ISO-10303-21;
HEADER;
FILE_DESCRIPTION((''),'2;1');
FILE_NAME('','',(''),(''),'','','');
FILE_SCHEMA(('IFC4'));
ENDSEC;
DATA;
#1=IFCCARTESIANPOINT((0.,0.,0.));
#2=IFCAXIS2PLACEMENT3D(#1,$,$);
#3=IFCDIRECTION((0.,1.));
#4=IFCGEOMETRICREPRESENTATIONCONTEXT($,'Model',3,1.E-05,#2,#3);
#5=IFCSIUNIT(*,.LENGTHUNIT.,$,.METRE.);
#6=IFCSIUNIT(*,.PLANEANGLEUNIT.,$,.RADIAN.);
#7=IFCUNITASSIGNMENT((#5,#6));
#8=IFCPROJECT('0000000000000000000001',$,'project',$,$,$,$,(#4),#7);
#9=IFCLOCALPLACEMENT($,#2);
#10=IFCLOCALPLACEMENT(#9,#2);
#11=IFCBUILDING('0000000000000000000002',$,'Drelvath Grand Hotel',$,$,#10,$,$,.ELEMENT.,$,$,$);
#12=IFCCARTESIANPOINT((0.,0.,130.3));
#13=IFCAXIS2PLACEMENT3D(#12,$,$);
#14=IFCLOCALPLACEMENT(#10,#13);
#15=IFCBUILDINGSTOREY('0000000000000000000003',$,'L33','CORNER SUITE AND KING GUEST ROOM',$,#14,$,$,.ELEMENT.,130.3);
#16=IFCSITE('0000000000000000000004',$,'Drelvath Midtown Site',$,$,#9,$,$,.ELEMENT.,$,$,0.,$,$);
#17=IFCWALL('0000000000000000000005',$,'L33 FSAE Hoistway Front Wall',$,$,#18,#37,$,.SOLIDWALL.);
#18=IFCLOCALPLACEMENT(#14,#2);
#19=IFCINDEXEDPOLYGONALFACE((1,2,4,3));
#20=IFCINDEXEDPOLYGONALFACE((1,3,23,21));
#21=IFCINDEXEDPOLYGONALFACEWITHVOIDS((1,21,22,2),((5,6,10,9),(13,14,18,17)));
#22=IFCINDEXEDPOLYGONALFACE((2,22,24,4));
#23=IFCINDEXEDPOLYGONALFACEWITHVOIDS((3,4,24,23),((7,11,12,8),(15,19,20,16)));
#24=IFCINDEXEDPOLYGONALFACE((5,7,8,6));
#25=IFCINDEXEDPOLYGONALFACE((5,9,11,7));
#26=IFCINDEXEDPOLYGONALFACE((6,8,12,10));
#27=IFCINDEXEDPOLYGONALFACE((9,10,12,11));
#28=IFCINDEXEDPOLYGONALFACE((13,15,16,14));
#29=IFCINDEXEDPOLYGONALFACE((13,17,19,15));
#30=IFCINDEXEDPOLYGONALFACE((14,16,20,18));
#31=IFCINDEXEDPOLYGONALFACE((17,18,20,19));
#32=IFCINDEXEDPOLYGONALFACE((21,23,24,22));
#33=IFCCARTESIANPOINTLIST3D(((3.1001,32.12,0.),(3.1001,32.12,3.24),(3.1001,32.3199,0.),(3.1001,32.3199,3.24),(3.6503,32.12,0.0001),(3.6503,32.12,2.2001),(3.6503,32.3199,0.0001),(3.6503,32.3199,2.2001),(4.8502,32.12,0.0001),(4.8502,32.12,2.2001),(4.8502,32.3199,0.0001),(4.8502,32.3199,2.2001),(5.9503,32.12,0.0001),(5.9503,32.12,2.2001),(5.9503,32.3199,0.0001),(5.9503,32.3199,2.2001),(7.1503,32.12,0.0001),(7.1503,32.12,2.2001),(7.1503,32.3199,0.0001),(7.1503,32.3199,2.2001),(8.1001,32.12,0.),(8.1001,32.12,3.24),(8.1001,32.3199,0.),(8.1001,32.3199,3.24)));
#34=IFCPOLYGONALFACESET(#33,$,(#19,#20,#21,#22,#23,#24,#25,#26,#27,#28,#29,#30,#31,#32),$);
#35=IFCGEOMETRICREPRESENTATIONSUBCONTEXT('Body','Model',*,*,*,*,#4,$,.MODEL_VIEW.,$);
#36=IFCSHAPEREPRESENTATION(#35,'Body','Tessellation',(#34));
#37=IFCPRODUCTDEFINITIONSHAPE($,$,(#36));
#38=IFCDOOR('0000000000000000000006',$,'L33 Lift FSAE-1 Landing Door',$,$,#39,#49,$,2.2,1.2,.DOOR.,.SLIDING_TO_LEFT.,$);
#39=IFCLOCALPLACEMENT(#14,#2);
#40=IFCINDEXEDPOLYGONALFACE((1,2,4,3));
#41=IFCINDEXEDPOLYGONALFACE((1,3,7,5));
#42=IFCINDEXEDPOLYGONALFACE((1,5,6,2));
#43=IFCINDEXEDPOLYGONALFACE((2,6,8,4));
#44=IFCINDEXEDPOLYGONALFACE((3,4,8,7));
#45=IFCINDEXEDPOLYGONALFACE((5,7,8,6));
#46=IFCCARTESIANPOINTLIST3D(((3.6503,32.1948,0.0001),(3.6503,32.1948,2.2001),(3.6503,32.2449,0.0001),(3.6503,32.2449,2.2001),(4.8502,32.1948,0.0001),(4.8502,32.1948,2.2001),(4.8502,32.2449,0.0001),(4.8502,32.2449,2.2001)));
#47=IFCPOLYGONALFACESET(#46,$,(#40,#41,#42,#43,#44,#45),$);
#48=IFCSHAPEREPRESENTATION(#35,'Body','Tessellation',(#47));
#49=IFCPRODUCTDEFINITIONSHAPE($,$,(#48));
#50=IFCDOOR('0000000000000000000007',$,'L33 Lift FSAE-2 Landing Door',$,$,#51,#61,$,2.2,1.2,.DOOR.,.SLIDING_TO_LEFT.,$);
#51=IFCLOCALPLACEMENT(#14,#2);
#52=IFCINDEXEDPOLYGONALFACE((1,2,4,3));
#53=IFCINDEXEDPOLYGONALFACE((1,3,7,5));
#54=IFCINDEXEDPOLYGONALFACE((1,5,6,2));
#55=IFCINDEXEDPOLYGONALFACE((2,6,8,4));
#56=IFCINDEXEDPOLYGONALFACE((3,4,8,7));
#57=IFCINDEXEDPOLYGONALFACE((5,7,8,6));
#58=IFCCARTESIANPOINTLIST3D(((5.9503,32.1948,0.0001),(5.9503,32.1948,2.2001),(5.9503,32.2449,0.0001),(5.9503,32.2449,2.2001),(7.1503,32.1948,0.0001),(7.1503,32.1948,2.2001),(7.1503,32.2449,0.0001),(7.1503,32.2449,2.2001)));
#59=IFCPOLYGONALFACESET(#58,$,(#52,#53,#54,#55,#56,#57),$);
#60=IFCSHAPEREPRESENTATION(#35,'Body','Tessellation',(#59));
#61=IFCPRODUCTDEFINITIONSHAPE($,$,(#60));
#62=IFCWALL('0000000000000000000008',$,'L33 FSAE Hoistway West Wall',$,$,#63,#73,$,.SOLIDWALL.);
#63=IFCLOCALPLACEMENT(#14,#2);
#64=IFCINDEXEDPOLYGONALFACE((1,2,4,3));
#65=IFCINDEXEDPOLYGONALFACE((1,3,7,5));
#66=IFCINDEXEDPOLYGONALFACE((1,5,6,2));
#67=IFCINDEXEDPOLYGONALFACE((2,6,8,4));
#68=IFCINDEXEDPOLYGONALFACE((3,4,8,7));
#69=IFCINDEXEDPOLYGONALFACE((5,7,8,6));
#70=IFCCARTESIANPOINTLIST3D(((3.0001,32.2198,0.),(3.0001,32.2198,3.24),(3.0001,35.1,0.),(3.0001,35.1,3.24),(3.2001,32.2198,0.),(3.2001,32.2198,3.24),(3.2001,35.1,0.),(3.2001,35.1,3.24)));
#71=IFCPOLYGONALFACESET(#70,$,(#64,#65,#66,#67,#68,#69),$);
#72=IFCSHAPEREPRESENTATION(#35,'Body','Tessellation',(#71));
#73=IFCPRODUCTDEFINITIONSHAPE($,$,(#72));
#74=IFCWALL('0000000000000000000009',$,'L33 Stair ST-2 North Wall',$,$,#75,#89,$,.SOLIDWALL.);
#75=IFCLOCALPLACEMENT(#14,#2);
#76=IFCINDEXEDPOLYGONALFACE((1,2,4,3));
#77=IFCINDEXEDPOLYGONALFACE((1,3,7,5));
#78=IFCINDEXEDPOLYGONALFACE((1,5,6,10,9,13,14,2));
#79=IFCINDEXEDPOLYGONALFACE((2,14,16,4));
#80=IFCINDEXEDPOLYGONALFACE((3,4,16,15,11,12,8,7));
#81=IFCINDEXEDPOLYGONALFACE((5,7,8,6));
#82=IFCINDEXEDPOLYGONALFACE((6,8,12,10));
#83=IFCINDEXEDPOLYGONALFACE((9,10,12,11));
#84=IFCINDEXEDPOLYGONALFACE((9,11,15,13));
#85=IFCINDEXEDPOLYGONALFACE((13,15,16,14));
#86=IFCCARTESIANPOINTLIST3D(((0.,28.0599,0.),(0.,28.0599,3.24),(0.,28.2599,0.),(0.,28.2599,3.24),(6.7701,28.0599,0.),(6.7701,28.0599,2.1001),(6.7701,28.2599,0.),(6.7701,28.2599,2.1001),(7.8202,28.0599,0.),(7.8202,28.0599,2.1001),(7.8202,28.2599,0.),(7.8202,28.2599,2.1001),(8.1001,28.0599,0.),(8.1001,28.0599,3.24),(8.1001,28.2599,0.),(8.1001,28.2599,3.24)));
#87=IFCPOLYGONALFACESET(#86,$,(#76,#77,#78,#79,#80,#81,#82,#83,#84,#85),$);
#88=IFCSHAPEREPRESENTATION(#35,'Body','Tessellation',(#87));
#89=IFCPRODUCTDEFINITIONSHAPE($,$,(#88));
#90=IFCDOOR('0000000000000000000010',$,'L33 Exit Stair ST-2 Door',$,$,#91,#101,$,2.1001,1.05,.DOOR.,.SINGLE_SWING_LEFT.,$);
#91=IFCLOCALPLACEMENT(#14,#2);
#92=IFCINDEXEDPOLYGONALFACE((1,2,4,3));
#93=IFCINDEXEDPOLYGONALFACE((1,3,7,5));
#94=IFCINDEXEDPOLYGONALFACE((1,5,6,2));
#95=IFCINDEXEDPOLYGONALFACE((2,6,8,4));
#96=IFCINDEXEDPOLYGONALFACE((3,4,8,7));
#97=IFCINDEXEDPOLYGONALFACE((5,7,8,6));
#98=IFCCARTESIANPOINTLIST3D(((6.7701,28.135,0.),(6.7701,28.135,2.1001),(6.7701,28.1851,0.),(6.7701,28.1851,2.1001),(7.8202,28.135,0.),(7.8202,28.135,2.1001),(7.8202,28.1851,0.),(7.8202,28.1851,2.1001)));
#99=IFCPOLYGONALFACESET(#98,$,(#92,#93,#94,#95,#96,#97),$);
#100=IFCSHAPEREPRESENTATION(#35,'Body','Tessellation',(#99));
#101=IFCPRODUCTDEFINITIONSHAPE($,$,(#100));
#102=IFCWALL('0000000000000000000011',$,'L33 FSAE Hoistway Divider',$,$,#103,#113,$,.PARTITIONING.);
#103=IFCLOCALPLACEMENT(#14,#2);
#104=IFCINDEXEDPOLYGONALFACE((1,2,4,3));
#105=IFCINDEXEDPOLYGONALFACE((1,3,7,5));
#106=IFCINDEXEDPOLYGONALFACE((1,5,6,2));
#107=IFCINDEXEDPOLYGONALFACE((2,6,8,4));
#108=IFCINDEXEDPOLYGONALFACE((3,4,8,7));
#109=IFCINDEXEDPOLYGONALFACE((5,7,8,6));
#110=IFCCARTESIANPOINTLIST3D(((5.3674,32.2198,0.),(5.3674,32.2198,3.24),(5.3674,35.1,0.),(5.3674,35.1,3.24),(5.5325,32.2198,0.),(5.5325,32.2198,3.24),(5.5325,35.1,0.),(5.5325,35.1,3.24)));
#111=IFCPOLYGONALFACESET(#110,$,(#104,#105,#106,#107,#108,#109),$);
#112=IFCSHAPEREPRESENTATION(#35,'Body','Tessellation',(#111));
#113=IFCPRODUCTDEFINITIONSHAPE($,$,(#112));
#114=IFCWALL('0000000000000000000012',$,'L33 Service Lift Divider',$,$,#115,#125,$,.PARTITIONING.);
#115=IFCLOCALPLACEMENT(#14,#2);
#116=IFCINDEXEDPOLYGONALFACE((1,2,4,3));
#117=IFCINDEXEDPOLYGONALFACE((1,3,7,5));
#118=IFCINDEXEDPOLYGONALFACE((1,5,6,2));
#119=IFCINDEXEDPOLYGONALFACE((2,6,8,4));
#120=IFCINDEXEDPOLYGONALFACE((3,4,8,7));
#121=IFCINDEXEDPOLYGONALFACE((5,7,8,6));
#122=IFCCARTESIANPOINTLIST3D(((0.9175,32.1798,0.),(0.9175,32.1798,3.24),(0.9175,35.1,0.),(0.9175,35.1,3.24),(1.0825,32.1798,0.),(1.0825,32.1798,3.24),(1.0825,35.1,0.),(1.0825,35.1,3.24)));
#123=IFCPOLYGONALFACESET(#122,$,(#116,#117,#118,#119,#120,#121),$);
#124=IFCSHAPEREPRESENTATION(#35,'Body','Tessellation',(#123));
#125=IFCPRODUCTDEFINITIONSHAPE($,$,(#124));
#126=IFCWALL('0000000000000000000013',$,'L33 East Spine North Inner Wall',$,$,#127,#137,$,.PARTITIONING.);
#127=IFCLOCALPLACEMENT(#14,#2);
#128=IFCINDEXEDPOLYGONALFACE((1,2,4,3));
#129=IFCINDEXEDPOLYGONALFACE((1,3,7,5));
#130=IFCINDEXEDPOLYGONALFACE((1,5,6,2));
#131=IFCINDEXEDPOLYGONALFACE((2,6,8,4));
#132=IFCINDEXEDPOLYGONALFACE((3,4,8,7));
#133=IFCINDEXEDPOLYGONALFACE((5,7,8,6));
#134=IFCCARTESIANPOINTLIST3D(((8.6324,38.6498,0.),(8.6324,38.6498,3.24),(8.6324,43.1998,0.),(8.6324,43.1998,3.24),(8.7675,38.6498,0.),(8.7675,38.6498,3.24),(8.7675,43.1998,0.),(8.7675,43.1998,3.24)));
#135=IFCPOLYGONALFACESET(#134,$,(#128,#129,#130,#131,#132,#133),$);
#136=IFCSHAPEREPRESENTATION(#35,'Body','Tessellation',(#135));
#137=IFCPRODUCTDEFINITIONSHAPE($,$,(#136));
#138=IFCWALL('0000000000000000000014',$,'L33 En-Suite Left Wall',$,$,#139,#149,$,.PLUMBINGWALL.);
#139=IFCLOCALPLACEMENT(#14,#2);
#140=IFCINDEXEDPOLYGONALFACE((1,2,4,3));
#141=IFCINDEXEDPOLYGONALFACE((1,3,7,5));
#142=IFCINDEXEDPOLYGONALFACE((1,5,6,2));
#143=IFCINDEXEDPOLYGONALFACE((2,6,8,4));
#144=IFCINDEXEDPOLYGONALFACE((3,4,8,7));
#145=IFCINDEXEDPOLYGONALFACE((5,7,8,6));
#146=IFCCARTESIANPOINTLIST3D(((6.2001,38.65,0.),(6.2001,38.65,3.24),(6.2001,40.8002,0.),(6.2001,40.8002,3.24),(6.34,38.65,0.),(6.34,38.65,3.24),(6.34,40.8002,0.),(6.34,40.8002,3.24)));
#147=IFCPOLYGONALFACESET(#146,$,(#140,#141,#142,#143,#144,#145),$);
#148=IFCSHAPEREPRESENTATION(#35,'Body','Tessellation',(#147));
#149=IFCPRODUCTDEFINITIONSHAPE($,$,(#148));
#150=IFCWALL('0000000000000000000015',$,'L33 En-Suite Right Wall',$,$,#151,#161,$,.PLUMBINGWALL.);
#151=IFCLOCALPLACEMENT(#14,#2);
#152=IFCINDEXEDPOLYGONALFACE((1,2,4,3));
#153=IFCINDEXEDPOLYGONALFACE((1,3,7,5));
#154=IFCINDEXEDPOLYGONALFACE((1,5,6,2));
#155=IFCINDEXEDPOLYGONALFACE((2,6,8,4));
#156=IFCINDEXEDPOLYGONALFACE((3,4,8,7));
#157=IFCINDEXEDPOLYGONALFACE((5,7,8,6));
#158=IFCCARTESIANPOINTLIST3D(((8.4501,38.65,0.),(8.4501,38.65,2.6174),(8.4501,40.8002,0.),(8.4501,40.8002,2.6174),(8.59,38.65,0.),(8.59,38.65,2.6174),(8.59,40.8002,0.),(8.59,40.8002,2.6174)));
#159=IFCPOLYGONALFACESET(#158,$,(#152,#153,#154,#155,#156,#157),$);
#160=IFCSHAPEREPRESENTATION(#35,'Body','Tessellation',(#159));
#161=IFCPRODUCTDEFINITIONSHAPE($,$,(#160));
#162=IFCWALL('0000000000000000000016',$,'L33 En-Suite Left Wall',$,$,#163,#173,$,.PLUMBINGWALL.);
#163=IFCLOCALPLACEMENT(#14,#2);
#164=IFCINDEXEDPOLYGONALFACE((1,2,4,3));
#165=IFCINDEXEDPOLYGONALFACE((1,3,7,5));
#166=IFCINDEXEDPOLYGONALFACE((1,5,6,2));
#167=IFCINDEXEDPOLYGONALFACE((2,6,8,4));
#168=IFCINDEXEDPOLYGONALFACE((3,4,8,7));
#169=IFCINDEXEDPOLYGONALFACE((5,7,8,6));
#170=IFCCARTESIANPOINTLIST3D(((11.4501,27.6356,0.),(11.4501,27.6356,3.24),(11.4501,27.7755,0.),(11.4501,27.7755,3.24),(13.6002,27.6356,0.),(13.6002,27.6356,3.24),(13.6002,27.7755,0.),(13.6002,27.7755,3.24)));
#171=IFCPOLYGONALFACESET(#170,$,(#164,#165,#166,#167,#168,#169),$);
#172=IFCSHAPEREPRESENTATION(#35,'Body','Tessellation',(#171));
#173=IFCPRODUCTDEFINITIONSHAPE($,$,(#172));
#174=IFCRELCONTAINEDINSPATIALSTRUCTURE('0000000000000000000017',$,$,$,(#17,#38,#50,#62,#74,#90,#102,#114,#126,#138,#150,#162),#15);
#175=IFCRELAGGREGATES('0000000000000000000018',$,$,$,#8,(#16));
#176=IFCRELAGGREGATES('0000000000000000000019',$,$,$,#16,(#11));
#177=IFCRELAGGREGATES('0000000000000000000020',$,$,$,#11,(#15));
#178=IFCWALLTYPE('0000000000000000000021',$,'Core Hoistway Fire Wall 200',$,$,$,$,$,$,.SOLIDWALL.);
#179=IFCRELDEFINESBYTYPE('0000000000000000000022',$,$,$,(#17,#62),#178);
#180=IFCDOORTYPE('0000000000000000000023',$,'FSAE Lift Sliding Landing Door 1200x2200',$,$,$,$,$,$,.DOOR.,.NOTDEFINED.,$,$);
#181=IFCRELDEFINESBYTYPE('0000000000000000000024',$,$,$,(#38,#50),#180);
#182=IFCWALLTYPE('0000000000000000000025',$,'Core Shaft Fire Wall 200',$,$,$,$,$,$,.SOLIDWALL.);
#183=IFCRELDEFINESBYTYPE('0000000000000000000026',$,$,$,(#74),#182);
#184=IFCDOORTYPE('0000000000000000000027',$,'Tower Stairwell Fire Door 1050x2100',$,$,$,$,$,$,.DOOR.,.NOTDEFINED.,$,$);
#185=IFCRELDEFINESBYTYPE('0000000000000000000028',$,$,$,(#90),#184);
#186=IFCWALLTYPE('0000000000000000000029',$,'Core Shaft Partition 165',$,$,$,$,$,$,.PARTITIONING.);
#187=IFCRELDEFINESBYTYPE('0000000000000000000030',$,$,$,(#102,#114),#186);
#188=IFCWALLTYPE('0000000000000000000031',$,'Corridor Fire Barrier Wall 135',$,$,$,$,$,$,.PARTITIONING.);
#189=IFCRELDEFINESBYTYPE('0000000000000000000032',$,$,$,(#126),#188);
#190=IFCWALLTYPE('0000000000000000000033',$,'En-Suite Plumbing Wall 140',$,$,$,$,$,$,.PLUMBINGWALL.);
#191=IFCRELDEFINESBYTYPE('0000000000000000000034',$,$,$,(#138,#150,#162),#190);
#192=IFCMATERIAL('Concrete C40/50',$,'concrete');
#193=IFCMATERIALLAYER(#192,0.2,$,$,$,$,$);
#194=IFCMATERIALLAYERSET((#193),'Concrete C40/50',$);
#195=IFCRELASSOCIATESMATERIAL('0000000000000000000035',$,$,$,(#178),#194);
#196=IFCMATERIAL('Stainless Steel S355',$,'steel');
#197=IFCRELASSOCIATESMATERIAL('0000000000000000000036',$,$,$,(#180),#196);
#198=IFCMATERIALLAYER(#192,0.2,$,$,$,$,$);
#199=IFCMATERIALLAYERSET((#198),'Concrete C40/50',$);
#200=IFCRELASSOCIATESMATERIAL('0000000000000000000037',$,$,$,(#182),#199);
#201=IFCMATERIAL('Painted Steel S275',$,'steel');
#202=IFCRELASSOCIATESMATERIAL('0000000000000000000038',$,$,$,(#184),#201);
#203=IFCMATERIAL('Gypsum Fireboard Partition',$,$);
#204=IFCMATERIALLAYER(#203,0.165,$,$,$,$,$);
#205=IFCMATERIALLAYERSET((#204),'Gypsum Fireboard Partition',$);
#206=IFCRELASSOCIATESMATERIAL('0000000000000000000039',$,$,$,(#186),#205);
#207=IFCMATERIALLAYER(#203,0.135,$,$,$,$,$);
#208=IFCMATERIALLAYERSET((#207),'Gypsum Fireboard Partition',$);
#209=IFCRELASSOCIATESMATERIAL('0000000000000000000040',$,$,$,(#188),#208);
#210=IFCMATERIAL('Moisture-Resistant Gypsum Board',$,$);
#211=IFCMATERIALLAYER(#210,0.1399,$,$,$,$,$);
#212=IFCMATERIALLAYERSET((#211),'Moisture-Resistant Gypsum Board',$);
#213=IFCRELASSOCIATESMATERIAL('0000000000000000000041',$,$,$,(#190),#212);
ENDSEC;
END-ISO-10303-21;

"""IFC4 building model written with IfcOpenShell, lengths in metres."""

from ifc_helpers import new_model, si_unit, direction, frame, frame_2d, origin, place, context, subcontext, project, spatial, rectangle, extrude, material, layer, layer_set, type_object, element, fill, save


model = new_model("IFC4")

# Units and contexts
model_context = context("Model", 3, precision=1e-05, world=origin(), true_north=direction((0.0, 1.0)))
body_context = subcontext(model_context, "Body", "Model", "MODEL_VIEW")
ifc_project = project(units=[si_unit("LENGTHUNIT", "METRE"), si_unit("PLANEANGLEUNIT", "RADIAN")], contexts=[model_context])

# Site, building, storey
site_placement = place(None, origin())
site = spatial("IfcSite", under=ifc_project, at=site_placement, Name="Drelvath Midtown Site", CompositionType="ELEMENT", RefElevation=0.0)
building_placement = place(site_placement, origin())
building = spatial("IfcBuilding", under=site, at=building_placement, Name="Drelvath Grand Hotel", CompositionType="ELEMENT")
storey_placement = place(building_placement, frame((0.0, 0.0, 130.3)))
storey = spatial("IfcBuildingStorey", under=building, at=storey_placement, Name="L33", Description="CORNER SUITE AND KING GUEST ROOM", CompositionType="ELEMENT", Elevation=130.3)

# Wall, openings, doors
ifc_material_1 = material(Name="Concrete C40/50", Category="concrete")
ifc_layer_1 = layer(ifc_material_1, 0.2)
ifc_layer_set_1 = layer_set([ifc_layer_1], Name="Concrete C40/50")
wall_type_1 = type_object("IfcWallType", Name="Core Hoistway Fire Wall 200", PredefinedType="SOLIDWALL", material=ifc_layer_set_1)
wall_1_placement = place(storey_placement, frame((3.1001, 32.22, 0.0), z_axis=(0.0, 0.0, 1.0), x_axis=(1.0, 0.0, 0.0)))
wall_1 = element("IfcWall", 1, at=wall_1_placement, inside=storey, type_object=wall_type_1, Name="L33 FSAE Hoistway Front Wall", PredefinedType="SOLIDWALL", context=body_context, shape_type="SweptSolid", body=[
    extrude(rectangle(XDim=5.0, YDim=0.2, at=frame_2d((2.5, 0.0))), origin(), (0.0, 0.0, 1.0), 3.24),
])
opening_1_placement = place(wall_1_placement, frame((0.55, 0.0, 0.0)))
opening_1 = element("IfcOpeningElement", 2, at=opening_1_placement, cuts=wall_1, PredefinedType="OPENING", context=body_context, shape_type="SweptSolid", body=[
    extrude(rectangle(XDim=1.2, YDim=2.2, at=frame_2d((0.6001, 1.1001))), frame((0.0, 0.1099, 0.0), z_axis=(0.0, -1.0, 0.0), x_axis=(1.0, 0.0, 0.0)), (0.0, 0.0, 1.0), 0.22),
])
opening_2_placement = place(wall_1_placement, frame((2.8501, 0.0, 0.0)))
opening_2 = element("IfcOpeningElement", 3, at=opening_2_placement, cuts=wall_1, PredefinedType="OPENING", context=body_context, shape_type="SweptSolid", body=[
    extrude(rectangle(XDim=1.2, YDim=2.2, at=frame_2d((0.6001, 1.1001))), frame((0.0, 0.1099, 0.0), z_axis=(0.0, -1.0, 0.0), x_axis=(1.0, 0.0, 0.0)), (0.0, 0.0, 1.0), 0.22),
])
ifc_material_2 = material(Name="Stainless Steel S355", Category="steel")
door_type_1 = type_object("IfcDoorType", Name="FSAE Lift Sliding Landing Door 1200x2200", OperationType="NOTDEFINED", PredefinedType="DOOR", material=ifc_material_2)
door_1_placement = place(opening_1_placement, origin())
door_1 = element("IfcDoor", 4, at=door_1_placement, inside=storey, type_object=door_type_1, Name="L33 Lift FSAE-1 Landing Door", OperationType="SLIDING_TO_LEFT", OverallHeight=2.2, OverallWidth=1.2, PredefinedType="DOOR", context=body_context, shape_type="SweptSolid", body=[
    extrude(rectangle(XDim=1.2, YDim=2.2, at=frame_2d((0.6001, 1.1001))), frame((0.0, 0.0249, 0.0), z_axis=(0.0, -1.0, 0.0), x_axis=(1.0, 0.0, 0.0)), (0.0, 0.0, 1.0), 0.05),
])
fill(opening_1, door_1)
door_2_placement = place(opening_2_placement, origin())
door_2 = element("IfcDoor", 5, at=door_2_placement, inside=storey, type_object=door_type_1, Name="L33 Lift FSAE-2 Landing Door", OperationType="SLIDING_TO_LEFT", OverallHeight=2.2, OverallWidth=1.2, PredefinedType="DOOR", context=body_context, shape_type="SweptSolid", body=[
    extrude(rectangle(XDim=1.2, YDim=2.2, at=frame_2d((0.6001, 1.1001))), frame((0.0, 0.0249, 0.0), z_axis=(0.0, -1.0, 0.0), x_axis=(1.0, 0.0, 0.0)), (0.0, 0.0, 1.0), 0.05),
])
fill(opening_2, door_2)

# Wall
wall_2_placement = place(storey_placement, frame((3.1001, 32.22, 0.0), z_axis=(0.0, 0.0, 1.0), x_axis=(0.0, 1.0, 0.0)))
element("IfcWall", 6, at=wall_2_placement, inside=storey, type_object=wall_type_1, Name="L33 FSAE Hoistway West Wall", PredefinedType="SOLIDWALL", context=body_context, shape_type="SweptSolid", body=[
    extrude(rectangle(XDim=2.8801, YDim=0.2, at=frame_2d((1.4399, 0.0))), origin(), (0.0, 0.0, 1.0), 3.24),
])

# Wall, opening, door
ifc_layer_2 = layer(ifc_material_1, 0.2)
ifc_layer_set_2 = layer_set([ifc_layer_2], Name="Concrete C40/50")
wall_type_2 = type_object("IfcWallType", Name="Core Shaft Fire Wall 200", PredefinedType="SOLIDWALL", material=ifc_layer_set_2)
wall_3_placement = place(storey_placement, frame((8.1001, 28.1599, 0.0), z_axis=(0.0, 0.0, 1.0), x_axis=(-1.0, 0.0, 0.0)))
wall_3 = element("IfcWall", 7, at=wall_3_placement, inside=storey, type_object=wall_type_2, Name="L33 Stair ST-2 North Wall", PredefinedType="SOLIDWALL", context=body_context, shape_type="SweptSolid", body=[
    extrude(rectangle(XDim=8.1001, YDim=0.2, at=frame_2d((4.05, 0.0))), origin(), (0.0, 0.0, 1.0), 3.24),
])
opening_3_placement = place(wall_3_placement, frame((0.28, 0.0, 0.0)))
opening_3 = element("IfcOpeningElement", 8, at=opening_3_placement, cuts=wall_3, PredefinedType="OPENING", context=body_context, shape_type="SweptSolid", body=[
    extrude(rectangle(XDim=1.05, YDim=2.1001, at=frame_2d((0.5249, 1.05))), frame((0.0, 0.1099, 0.0), z_axis=(0.0, -1.0, 0.0), x_axis=(1.0, 0.0, 0.0)), (0.0, 0.0, 1.0), 0.22),
])
ifc_material_3 = material(Name="Painted Steel S275", Category="steel")
door_type_2 = type_object("IfcDoorType", Name="Tower Stairwell Fire Door 1050x2100", OperationType="NOTDEFINED", PredefinedType="DOOR", material=ifc_material_3)
door_3_placement = place(opening_3_placement, origin())
door_3 = element("IfcDoor", 9, at=door_3_placement, inside=storey, type_object=door_type_2, Name="L33 Exit Stair ST-2 Door", OperationType="SINGLE_SWING_LEFT", OverallHeight=2.1001, OverallWidth=1.05, PredefinedType="DOOR", context=body_context, shape_type="SweptSolid", body=[
    extrude(rectangle(XDim=1.05, YDim=2.1001, at=frame_2d((0.5249, 1.05))), frame((0.0, 0.0249, 0.0), z_axis=(0.0, -1.0, 0.0), x_axis=(1.0, 0.0, 0.0)), (0.0, 0.0, 1.0), 0.05),
])
fill(opening_3, door_3)

# Walls
ifc_material_4 = material(Name="Gypsum Fireboard Partition")
ifc_layer_3 = layer(ifc_material_4, 0.165)
ifc_layer_set_3 = layer_set([ifc_layer_3], Name="Gypsum Fireboard Partition")
wall_type_3 = type_object("IfcWallType", Name="Core Shaft Partition 165", PredefinedType="PARTITIONING", material=ifc_layer_set_3)
wall_4_placement = place(storey_placement, frame((5.45, 32.22, 0.0), z_axis=(0.0, 0.0, 1.0), x_axis=(0.0, 1.0, 0.0)))
element("IfcWall", 10, at=wall_4_placement, inside=storey, type_object=wall_type_3, Name="L33 FSAE Hoistway Divider", PredefinedType="PARTITIONING", context=body_context, shape_type="SweptSolid", body=[
    extrude(rectangle(XDim=2.8801, YDim=0.165, at=frame_2d((1.4399, 0.0))), origin(), (0.0, 0.0, 1.0), 3.24),
])
wall_5_placement = place(storey_placement, frame((1.0, 32.1799, 0.0), z_axis=(0.0, 0.0, 1.0), x_axis=(0.0, 1.0, 0.0)))
element("IfcWall", 11, at=wall_5_placement, inside=storey, type_object=wall_type_3, Name="L33 Service Lift Divider", PredefinedType="PARTITIONING", context=body_context, shape_type="SweptSolid", body=[
    extrude(rectangle(XDim=2.9202, YDim=0.165, at=frame_2d((1.46, 0.0))), origin(), (0.0, 0.0, 1.0), 3.24),
])
ifc_layer_4 = layer(ifc_material_4, 0.135)
ifc_layer_set_4 = layer_set([ifc_layer_4], Name="Gypsum Fireboard Partition")
wall_type_4 = type_object("IfcWallType", Name="Corridor Fire Barrier Wall 135", PredefinedType="PARTITIONING", material=ifc_layer_set_4)
wall_6_placement = place(storey_placement, frame((8.7, 38.6499, 0.0), z_axis=(0.0, 0.0, 1.0), x_axis=(0.0, 1.0, 0.0)))
element("IfcWall", 12, at=wall_6_placement, inside=storey, type_object=wall_type_4, Name="L33 East Spine North Inner Wall", PredefinedType="PARTITIONING", context=body_context, shape_type="SweptSolid", body=[
    extrude(rectangle(XDim=4.55, YDim=0.135, at=frame_2d((2.2749, 0.0))), origin(), (0.0, 0.0, 1.0), 3.24),
])
ifc_material_5 = material(Name="Moisture-Resistant Gypsum Board")
ifc_layer_5 = layer(ifc_material_5, 0.1399)
ifc_layer_set_5 = layer_set([ifc_layer_5], Name="Moisture-Resistant Gypsum Board")
wall_type_5 = type_object("IfcWallType", Name="En-Suite Plumbing Wall 140", PredefinedType="PLUMBINGWALL", material=ifc_layer_set_5)
wall_7_placement = place(storey_placement, frame((6.27, 38.6499, 0.0), z_axis=(0.0, 0.0, 1.0), x_axis=(0.0, 1.0, 0.0)))
element("IfcWall", 13, at=wall_7_placement, inside=storey, type_object=wall_type_5, Name="L33 En-Suite Left Wall", PredefinedType="PLUMBINGWALL", context=body_context, shape_type="SweptSolid", body=[
    extrude(rectangle(XDim=2.1501, YDim=0.1399, at=frame_2d((1.0752, 0.0))), origin(), (0.0, 0.0, 1.0), 3.24),
])
wall_8_placement = place(storey_placement, frame((8.52, 38.6499, 0.0), z_axis=(0.0, 0.0, 1.0), x_axis=(0.0, 1.0, 0.0)))
element("IfcWall", 14, at=wall_8_placement, inside=storey, type_object=wall_type_5, Name="L33 En-Suite Right Wall", PredefinedType="PLUMBINGWALL", context=body_context, shape_type="SweptSolid", body=[
    extrude(rectangle(XDim=2.1501, YDim=0.1399, at=frame_2d((1.0752, 0.0))), origin(), (0.0, 0.0, 1.0), 2.6174),
])
for number, where, z_axis, x_axis, name in (
    (15, (11.45, 27.7056, 0.0), (0.0, 0.0, 1.0), (1.0, 0.0, 0.0), "L33 En-Suite Left Wall"),
):
    element("IfcWall", number, at=place(storey_placement, frame(where, z_axis=z_axis, x_axis=x_axis)), inside=storey, type_object=wall_type_5, Name=name, PredefinedType="PLUMBINGWALL", context=body_context, shape_type="SweptSolid", body=[
        extrude(rectangle(XDim=2.1501, YDim=0.1399, at=frame_2d((1.0752, 0.0))), origin(), (0.0, 0.0, 1.0), 3.24),
    ])

save(model, "model.ifc")
